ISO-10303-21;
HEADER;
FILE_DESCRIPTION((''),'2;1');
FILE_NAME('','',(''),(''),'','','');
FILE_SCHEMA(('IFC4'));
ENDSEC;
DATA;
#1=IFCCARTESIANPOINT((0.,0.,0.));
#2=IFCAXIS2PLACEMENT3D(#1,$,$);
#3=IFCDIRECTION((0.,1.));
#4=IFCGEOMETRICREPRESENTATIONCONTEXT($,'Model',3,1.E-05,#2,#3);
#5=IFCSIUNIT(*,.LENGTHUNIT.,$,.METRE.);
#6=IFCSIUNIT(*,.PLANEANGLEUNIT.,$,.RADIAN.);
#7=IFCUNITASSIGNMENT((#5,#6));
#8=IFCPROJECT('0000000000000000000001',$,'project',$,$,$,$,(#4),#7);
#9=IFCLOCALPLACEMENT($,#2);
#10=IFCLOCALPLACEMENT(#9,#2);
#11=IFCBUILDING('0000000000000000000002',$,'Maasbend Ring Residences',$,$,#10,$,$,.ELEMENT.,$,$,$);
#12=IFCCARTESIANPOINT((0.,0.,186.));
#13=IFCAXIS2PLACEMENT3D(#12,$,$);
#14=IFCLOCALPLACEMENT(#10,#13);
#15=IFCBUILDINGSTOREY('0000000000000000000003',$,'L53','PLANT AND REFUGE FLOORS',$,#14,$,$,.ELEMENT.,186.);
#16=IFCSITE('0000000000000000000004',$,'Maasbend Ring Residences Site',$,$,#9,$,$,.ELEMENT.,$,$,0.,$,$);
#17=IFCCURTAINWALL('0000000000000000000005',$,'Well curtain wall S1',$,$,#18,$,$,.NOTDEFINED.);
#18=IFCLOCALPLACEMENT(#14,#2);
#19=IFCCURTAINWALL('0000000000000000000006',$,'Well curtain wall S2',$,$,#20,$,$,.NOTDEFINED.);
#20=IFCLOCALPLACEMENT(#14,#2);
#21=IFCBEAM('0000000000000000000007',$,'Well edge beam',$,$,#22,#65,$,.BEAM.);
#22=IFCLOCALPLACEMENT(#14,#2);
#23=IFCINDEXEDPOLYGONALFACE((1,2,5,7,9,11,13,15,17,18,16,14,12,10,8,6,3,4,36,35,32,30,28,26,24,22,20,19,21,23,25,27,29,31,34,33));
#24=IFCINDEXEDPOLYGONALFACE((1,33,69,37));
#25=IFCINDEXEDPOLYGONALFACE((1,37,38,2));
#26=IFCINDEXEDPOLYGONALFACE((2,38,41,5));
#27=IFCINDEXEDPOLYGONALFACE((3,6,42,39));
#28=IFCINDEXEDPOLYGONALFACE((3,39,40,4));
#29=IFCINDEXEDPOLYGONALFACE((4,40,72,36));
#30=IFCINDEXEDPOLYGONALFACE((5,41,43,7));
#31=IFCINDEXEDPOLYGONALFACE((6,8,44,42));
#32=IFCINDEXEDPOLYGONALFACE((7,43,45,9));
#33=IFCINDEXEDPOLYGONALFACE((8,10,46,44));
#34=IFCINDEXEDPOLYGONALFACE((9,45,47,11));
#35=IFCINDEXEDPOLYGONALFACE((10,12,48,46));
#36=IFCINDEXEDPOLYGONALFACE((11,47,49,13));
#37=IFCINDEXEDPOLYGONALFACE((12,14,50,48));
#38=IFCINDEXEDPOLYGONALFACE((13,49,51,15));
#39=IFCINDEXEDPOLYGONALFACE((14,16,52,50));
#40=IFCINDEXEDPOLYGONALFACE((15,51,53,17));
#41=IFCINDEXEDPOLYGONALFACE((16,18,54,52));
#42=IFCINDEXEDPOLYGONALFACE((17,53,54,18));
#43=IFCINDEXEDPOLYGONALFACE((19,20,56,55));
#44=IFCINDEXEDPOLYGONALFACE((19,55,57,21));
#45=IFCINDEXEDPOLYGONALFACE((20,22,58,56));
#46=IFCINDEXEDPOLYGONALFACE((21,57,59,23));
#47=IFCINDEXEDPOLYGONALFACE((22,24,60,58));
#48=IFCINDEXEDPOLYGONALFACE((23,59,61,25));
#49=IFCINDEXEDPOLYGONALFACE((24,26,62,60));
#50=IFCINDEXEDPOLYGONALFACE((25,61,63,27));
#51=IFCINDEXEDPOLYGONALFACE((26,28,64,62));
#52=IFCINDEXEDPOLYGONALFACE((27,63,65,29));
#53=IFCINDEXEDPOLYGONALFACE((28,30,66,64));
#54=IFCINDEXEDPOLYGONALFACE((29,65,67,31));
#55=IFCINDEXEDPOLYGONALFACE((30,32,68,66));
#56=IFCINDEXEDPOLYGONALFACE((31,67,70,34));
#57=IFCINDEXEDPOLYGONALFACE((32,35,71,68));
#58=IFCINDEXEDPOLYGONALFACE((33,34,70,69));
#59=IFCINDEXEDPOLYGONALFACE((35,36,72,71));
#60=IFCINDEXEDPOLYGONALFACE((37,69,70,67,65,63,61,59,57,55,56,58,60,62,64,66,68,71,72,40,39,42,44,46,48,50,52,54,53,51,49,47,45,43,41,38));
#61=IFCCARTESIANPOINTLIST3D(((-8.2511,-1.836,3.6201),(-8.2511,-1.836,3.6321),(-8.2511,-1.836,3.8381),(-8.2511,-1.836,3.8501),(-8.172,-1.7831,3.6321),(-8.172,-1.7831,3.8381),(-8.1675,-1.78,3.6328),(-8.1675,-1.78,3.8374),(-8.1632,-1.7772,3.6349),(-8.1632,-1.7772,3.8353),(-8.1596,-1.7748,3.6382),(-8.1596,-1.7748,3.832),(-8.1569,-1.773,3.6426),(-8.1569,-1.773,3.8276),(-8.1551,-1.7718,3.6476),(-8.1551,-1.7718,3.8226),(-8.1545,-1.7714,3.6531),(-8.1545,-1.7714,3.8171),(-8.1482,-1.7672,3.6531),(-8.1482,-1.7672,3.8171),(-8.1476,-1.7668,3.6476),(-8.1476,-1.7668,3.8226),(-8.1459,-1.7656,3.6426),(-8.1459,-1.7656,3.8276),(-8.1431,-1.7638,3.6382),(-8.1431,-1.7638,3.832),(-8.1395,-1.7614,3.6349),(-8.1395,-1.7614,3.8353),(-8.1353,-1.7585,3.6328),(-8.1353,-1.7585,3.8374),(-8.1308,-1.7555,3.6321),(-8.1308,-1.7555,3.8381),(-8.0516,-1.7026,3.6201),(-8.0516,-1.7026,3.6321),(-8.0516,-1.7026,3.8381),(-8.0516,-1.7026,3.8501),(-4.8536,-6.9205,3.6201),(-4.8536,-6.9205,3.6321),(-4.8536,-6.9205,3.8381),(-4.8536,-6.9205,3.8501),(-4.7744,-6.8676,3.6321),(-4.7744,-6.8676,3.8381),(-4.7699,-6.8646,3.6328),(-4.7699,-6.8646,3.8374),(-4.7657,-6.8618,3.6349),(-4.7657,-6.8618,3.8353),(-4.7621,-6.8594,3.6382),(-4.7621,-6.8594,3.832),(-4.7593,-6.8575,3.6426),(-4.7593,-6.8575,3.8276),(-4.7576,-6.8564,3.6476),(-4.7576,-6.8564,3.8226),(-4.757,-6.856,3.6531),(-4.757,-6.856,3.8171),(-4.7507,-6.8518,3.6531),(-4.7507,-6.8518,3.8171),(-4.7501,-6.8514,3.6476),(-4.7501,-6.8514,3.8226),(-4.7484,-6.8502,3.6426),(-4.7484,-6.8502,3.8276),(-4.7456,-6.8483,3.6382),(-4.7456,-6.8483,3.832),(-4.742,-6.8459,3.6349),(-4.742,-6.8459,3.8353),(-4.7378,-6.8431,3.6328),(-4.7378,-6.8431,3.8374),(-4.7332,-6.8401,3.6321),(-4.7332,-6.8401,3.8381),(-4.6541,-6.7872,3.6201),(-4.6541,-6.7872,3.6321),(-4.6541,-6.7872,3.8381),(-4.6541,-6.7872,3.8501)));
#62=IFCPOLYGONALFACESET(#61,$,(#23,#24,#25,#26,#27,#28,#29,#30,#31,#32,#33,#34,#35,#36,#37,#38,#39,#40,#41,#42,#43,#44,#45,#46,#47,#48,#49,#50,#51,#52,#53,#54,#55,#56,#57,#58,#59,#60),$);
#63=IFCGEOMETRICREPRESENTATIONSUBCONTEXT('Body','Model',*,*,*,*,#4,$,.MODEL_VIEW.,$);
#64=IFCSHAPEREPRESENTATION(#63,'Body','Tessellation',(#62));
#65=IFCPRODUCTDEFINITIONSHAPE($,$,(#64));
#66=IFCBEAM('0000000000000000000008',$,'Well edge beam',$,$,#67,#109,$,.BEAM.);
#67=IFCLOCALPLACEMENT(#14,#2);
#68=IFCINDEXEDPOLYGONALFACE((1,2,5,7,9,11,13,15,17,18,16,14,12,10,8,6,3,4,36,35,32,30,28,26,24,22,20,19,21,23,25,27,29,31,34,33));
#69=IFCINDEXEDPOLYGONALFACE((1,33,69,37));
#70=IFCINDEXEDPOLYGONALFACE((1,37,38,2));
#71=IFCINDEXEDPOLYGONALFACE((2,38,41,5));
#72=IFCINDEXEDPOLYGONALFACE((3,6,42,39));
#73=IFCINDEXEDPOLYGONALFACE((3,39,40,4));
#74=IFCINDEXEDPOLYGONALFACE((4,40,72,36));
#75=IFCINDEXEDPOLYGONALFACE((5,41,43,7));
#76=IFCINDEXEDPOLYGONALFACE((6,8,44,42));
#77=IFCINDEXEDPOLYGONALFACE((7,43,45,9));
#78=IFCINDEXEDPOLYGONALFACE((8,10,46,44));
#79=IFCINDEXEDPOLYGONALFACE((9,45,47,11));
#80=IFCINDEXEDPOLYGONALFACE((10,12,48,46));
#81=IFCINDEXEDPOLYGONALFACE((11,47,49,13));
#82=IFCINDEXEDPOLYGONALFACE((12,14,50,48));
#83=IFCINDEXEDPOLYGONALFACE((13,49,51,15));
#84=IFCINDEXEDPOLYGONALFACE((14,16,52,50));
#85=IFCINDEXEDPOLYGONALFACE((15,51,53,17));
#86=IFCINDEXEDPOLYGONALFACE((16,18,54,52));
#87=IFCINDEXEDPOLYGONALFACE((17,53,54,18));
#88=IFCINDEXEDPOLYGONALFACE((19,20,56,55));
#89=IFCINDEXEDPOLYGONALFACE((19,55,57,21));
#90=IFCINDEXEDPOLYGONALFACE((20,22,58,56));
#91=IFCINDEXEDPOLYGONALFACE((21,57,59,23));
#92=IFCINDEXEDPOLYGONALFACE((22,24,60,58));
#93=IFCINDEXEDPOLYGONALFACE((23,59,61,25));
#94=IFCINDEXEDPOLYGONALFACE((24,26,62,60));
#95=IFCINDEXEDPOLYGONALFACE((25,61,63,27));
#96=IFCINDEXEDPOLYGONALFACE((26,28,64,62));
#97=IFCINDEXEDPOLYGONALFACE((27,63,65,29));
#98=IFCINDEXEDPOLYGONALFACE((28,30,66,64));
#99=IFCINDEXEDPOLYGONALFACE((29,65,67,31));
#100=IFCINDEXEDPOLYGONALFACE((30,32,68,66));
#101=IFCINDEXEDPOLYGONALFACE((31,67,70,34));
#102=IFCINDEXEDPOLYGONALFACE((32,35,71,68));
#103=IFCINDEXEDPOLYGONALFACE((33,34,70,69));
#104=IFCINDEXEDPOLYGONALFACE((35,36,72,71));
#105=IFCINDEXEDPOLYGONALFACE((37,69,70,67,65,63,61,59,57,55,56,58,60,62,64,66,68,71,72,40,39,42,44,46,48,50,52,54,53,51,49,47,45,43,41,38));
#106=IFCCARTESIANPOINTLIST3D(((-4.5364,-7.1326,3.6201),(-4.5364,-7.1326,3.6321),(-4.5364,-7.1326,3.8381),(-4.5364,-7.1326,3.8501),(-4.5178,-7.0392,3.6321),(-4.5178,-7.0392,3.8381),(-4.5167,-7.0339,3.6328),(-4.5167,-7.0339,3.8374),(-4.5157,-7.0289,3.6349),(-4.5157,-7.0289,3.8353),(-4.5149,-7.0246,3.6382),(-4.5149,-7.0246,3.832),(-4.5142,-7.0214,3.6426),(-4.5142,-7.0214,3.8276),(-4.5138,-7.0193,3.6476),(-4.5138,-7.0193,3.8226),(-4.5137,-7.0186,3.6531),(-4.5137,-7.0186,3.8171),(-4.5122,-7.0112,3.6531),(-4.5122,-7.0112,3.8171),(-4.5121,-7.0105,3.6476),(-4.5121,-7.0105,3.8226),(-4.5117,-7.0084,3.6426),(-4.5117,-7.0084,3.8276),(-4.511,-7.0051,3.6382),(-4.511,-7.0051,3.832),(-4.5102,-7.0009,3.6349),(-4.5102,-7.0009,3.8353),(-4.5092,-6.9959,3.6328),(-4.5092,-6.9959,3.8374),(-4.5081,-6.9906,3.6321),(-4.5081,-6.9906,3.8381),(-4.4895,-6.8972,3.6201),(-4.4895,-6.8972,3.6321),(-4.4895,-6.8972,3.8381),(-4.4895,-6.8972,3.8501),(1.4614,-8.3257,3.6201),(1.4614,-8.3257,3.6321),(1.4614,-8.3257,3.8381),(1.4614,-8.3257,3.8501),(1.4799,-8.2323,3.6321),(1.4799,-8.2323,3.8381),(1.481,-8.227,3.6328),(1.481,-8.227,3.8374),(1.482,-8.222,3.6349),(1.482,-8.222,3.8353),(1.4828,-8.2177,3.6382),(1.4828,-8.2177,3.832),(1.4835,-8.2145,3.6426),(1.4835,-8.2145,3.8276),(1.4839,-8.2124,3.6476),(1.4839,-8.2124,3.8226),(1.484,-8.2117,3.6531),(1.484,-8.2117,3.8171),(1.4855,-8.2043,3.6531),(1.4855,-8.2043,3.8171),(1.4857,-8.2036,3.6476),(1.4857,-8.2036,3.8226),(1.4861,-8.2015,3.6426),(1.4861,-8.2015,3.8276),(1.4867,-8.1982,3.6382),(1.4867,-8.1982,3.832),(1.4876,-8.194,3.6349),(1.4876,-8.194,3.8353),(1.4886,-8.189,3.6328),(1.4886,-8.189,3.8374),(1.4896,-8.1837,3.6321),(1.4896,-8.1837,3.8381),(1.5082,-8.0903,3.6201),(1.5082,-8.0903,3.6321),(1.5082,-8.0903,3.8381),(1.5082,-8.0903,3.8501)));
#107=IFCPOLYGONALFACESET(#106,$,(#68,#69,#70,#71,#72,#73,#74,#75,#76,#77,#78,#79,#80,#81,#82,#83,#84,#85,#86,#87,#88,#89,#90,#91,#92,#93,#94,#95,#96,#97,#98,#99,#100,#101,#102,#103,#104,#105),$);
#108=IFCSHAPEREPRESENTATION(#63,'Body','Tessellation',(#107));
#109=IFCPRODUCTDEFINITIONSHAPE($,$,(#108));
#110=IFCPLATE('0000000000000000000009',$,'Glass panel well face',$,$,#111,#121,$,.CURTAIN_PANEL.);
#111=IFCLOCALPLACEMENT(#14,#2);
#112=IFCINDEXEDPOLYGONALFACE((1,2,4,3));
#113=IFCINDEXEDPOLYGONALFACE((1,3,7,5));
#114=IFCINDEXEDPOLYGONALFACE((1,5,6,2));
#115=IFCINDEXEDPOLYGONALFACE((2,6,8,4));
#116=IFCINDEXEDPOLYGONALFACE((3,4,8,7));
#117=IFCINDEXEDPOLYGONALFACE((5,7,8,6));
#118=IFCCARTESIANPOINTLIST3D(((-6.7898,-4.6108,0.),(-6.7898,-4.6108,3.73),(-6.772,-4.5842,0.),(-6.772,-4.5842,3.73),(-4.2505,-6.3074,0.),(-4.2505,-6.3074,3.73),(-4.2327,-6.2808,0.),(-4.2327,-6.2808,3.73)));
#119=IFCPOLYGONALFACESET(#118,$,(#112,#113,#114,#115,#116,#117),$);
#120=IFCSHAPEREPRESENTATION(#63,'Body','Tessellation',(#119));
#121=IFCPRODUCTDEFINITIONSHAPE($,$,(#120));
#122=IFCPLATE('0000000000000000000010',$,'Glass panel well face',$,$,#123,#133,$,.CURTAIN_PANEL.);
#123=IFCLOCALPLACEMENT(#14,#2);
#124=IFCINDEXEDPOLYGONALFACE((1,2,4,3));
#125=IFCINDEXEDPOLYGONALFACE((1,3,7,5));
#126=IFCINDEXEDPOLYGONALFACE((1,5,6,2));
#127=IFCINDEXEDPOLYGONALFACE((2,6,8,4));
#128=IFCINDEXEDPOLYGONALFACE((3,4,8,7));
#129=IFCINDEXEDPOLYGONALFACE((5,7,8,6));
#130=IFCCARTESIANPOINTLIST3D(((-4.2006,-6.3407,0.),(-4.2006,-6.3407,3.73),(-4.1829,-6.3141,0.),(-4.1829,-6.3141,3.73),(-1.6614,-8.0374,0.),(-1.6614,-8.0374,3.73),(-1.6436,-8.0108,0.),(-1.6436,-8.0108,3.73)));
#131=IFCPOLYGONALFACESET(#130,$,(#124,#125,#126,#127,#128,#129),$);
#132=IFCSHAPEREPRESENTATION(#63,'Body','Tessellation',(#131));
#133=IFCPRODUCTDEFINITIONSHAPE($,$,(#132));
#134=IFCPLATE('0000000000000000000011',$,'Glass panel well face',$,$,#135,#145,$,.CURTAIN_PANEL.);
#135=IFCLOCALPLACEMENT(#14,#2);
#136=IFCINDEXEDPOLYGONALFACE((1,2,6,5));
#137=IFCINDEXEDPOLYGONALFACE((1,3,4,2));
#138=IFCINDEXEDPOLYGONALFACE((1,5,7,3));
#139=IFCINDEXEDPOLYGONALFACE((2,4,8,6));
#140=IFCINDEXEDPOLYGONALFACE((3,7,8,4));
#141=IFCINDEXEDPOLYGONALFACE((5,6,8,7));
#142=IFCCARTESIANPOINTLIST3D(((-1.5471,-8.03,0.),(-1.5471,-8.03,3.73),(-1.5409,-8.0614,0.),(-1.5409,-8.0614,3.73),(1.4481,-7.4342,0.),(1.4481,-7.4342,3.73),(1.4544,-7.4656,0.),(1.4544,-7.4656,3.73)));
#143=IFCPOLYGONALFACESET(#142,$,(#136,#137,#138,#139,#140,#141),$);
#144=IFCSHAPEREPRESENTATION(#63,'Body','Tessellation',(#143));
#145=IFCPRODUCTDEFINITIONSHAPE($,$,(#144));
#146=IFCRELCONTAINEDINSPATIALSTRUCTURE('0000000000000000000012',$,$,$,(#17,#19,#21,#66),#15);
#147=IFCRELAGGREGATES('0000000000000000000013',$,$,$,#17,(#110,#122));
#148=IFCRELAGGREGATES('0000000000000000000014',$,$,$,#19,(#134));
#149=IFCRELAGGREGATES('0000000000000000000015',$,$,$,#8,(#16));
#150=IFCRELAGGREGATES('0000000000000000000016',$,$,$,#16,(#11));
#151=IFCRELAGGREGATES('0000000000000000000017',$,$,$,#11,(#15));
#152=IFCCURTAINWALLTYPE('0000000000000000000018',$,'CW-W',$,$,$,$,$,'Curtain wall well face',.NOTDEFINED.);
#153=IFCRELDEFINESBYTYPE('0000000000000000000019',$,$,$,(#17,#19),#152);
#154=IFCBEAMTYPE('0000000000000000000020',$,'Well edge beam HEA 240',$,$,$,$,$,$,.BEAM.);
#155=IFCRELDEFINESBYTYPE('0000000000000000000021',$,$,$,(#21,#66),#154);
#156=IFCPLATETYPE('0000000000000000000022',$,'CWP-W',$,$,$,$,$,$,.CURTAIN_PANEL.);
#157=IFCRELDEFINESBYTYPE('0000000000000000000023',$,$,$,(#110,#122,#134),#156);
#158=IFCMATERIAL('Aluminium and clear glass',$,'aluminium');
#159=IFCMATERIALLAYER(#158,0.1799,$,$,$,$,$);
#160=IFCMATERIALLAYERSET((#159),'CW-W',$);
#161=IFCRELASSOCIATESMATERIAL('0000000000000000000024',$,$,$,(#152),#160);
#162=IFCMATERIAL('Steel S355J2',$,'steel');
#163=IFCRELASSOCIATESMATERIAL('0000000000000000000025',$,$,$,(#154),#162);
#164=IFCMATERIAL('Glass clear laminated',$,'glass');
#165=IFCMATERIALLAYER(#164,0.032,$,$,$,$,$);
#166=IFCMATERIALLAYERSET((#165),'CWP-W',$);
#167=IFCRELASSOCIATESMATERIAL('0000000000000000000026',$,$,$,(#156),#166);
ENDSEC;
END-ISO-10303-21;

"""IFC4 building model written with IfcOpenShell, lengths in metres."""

from ifc_helpers import new_model, si_unit, direction, frame, origin, origin_2d, place, context, subcontext, project, spatial, rectangle, i_section, extrude, material, layer, layer_set, material_profile, profile_set, type_object, element, aggregate, save


model = new_model("IFC4")

# Units and contexts
model_context = context("Model", 3, precision=1e-05, world=origin(), true_north=direction((0.0, 1.0)))
body_context = subcontext(model_context, "Body", "Model", "MODEL_VIEW")
ifc_project = project(units=[si_unit("LENGTHUNIT", "METRE"), si_unit("PLANEANGLEUNIT", "RADIAN")], contexts=[model_context])

# Site, building, storey
site_placement = place(None, origin())
site = spatial("IfcSite", under=ifc_project, at=site_placement, Name="Maasbend Ring Residences Site", CompositionType="ELEMENT", RefElevation=0.0)
building_placement = place(site_placement, origin())
building = spatial("IfcBuilding", under=site, at=building_placement, Name="Maasbend Ring Residences", CompositionType="ELEMENT")
storey_placement = place(building_placement, frame((0.0, 0.0, 186.0)))
storey = spatial("IfcBuildingStorey", under=building, at=storey_placement, Name="L53", Description="PLANT AND REFUGE FLOORS", CompositionType="ELEMENT", Elevation=186.0)

# Curtain wall
ifc_material_1 = material(Name="Aluminium and clear glass", Category="aluminium")
ifc_layer_1 = layer(ifc_material_1, 0.1799)
ifc_layer_set_1 = layer_set([ifc_layer_1], Name="CW-W")
curtain_wall_type = type_object("IfcCurtainWallType", Name="CW-W", ElementType="Curtain wall well face", PredefinedType="NOTDEFINED", material=ifc_layer_set_1)
curtain_wall_1_placement = place(storey_placement, origin())
curtain_wall_1 = element("IfcCurtainWall", 1, at=curtain_wall_1_placement, inside=storey, type_object=curtain_wall_type, Name="Well curtain wall S1", PredefinedType="NOTDEFINED")

# Curtain wall
curtain_wall_2_placement = place(storey_placement, origin())
curtain_wall_2 = element("IfcCurtainWall", 2, at=curtain_wall_2_placement, inside=storey, type_object=curtain_wall_type, Name="Well curtain wall S2", PredefinedType="NOTDEFINED")

# Beams
ifc_material_2 = material(Name="Steel S355J2", Category="steel")
ifc_material_profile_1 = material_profile(ifc_material_2, i_section(OverallWidth=0.24, OverallDepth=0.23, WebThickness=0.0076, FlangeThickness=0.012, FilletRadius=0.021, at=origin_2d()), Name="HEA 240")
ifc_profile_set_1 = profile_set([ifc_material_profile_1], Name="Steel S355J2")
beam_type = type_object("IfcBeamType", Name="Well edge beam HEA 240", PredefinedType="BEAM", material=ifc_profile_set_1)
for number, where, z_axis, x_axis, name in (
    (3, (-8.1514, -1.7693, 3.7351), (0.555584, -0.83146, 0.0), (0.83146, 0.555584, 0.0), "Well edge beam"),
    (4, (-4.5129, -7.0149, 3.7351), (0.980783, -0.195103, 0.0), (0.195103, 0.980783, 0.0), "Well edge beam"),
):
    element("IfcBeam", number, at=place(storey_placement, frame(where, z_axis=z_axis, x_axis=x_axis)), inside=storey, type_object=beam_type, Name=name, PredefinedType="BEAM", context=body_context, shape_type="SweptSolid", body=[
        extrude(i_section(OverallWidth=0.24, OverallDepth=0.23, WebThickness=0.0076, FlangeThickness=0.012, FilletRadius=0.021, at=origin_2d()), origin(), (0.0, 0.0, 1.0), 6.1152),
    ])

# Plates
ifc_material_3 = material(Name="Glass clear laminated", Category="glass")
ifc_layer_2 = layer(ifc_material_3, 0.032)
ifc_layer_set_2 = layer_set([ifc_layer_2], Name="CWP-W")
plate_type = type_object("IfcPlateType", Name="CWP-W", PredefinedType="CURTAIN_PANEL", material=ifc_layer_set_2)
plate_1_placement = place(storey_placement, frame((-5.5112, -5.4458, 0.0), z_axis=(0.0, 0.0, 1.0), x_axis=(0.83147, -0.55557, 0.0)))
plate_1 = element("IfcPlate", 5, at=plate_1_placement, type_object=plate_type, Name="Glass panel well face", PredefinedType="CURTAIN_PANEL", context=body_context, shape_type="SweptSolid", body=[
    extrude(rectangle(XDim=3.054, YDim=0.032, at=origin_2d()), origin(), (0.0, 0.0, 1.0), 3.73),
])
plate_2_placement = place(storey_placement, frame((-2.9221, -7.1758, 0.0), z_axis=(0.0, 0.0, 1.0), x_axis=(0.83147, -0.55557, 0.0)))
plate_2 = element("IfcPlate", 6, at=plate_2_placement, type_object=plate_type, Name="Glass panel well face", PredefinedType="CURTAIN_PANEL", context=body_context, shape_type="SweptSolid", body=[
    extrude(rectangle(XDim=3.054, YDim=0.032, at=origin_2d()), origin(), (0.0, 0.0, 1.0), 3.73),
])
aggregate(curtain_wall_1, [plate_1, plate_2])
plate_3_placement = place(storey_placement, frame((-0.0464, -7.7478, 0.0), z_axis=(0.0, 0.0, 1.0), x_axis=(0.980785, 0.19509, 0.0)))
plate_3 = element("IfcPlate", 7, at=plate_3_placement, type_object=plate_type, Name="Glass panel well face", PredefinedType="CURTAIN_PANEL", context=body_context, shape_type="SweptSolid", body=[
    extrude(rectangle(XDim=3.054, YDim=0.032, at=origin_2d()), origin(), (0.0, 0.0, 1.0), 3.73),
])
aggregate(curtain_wall_2, [plate_3])

save(model, "model.ifc")
